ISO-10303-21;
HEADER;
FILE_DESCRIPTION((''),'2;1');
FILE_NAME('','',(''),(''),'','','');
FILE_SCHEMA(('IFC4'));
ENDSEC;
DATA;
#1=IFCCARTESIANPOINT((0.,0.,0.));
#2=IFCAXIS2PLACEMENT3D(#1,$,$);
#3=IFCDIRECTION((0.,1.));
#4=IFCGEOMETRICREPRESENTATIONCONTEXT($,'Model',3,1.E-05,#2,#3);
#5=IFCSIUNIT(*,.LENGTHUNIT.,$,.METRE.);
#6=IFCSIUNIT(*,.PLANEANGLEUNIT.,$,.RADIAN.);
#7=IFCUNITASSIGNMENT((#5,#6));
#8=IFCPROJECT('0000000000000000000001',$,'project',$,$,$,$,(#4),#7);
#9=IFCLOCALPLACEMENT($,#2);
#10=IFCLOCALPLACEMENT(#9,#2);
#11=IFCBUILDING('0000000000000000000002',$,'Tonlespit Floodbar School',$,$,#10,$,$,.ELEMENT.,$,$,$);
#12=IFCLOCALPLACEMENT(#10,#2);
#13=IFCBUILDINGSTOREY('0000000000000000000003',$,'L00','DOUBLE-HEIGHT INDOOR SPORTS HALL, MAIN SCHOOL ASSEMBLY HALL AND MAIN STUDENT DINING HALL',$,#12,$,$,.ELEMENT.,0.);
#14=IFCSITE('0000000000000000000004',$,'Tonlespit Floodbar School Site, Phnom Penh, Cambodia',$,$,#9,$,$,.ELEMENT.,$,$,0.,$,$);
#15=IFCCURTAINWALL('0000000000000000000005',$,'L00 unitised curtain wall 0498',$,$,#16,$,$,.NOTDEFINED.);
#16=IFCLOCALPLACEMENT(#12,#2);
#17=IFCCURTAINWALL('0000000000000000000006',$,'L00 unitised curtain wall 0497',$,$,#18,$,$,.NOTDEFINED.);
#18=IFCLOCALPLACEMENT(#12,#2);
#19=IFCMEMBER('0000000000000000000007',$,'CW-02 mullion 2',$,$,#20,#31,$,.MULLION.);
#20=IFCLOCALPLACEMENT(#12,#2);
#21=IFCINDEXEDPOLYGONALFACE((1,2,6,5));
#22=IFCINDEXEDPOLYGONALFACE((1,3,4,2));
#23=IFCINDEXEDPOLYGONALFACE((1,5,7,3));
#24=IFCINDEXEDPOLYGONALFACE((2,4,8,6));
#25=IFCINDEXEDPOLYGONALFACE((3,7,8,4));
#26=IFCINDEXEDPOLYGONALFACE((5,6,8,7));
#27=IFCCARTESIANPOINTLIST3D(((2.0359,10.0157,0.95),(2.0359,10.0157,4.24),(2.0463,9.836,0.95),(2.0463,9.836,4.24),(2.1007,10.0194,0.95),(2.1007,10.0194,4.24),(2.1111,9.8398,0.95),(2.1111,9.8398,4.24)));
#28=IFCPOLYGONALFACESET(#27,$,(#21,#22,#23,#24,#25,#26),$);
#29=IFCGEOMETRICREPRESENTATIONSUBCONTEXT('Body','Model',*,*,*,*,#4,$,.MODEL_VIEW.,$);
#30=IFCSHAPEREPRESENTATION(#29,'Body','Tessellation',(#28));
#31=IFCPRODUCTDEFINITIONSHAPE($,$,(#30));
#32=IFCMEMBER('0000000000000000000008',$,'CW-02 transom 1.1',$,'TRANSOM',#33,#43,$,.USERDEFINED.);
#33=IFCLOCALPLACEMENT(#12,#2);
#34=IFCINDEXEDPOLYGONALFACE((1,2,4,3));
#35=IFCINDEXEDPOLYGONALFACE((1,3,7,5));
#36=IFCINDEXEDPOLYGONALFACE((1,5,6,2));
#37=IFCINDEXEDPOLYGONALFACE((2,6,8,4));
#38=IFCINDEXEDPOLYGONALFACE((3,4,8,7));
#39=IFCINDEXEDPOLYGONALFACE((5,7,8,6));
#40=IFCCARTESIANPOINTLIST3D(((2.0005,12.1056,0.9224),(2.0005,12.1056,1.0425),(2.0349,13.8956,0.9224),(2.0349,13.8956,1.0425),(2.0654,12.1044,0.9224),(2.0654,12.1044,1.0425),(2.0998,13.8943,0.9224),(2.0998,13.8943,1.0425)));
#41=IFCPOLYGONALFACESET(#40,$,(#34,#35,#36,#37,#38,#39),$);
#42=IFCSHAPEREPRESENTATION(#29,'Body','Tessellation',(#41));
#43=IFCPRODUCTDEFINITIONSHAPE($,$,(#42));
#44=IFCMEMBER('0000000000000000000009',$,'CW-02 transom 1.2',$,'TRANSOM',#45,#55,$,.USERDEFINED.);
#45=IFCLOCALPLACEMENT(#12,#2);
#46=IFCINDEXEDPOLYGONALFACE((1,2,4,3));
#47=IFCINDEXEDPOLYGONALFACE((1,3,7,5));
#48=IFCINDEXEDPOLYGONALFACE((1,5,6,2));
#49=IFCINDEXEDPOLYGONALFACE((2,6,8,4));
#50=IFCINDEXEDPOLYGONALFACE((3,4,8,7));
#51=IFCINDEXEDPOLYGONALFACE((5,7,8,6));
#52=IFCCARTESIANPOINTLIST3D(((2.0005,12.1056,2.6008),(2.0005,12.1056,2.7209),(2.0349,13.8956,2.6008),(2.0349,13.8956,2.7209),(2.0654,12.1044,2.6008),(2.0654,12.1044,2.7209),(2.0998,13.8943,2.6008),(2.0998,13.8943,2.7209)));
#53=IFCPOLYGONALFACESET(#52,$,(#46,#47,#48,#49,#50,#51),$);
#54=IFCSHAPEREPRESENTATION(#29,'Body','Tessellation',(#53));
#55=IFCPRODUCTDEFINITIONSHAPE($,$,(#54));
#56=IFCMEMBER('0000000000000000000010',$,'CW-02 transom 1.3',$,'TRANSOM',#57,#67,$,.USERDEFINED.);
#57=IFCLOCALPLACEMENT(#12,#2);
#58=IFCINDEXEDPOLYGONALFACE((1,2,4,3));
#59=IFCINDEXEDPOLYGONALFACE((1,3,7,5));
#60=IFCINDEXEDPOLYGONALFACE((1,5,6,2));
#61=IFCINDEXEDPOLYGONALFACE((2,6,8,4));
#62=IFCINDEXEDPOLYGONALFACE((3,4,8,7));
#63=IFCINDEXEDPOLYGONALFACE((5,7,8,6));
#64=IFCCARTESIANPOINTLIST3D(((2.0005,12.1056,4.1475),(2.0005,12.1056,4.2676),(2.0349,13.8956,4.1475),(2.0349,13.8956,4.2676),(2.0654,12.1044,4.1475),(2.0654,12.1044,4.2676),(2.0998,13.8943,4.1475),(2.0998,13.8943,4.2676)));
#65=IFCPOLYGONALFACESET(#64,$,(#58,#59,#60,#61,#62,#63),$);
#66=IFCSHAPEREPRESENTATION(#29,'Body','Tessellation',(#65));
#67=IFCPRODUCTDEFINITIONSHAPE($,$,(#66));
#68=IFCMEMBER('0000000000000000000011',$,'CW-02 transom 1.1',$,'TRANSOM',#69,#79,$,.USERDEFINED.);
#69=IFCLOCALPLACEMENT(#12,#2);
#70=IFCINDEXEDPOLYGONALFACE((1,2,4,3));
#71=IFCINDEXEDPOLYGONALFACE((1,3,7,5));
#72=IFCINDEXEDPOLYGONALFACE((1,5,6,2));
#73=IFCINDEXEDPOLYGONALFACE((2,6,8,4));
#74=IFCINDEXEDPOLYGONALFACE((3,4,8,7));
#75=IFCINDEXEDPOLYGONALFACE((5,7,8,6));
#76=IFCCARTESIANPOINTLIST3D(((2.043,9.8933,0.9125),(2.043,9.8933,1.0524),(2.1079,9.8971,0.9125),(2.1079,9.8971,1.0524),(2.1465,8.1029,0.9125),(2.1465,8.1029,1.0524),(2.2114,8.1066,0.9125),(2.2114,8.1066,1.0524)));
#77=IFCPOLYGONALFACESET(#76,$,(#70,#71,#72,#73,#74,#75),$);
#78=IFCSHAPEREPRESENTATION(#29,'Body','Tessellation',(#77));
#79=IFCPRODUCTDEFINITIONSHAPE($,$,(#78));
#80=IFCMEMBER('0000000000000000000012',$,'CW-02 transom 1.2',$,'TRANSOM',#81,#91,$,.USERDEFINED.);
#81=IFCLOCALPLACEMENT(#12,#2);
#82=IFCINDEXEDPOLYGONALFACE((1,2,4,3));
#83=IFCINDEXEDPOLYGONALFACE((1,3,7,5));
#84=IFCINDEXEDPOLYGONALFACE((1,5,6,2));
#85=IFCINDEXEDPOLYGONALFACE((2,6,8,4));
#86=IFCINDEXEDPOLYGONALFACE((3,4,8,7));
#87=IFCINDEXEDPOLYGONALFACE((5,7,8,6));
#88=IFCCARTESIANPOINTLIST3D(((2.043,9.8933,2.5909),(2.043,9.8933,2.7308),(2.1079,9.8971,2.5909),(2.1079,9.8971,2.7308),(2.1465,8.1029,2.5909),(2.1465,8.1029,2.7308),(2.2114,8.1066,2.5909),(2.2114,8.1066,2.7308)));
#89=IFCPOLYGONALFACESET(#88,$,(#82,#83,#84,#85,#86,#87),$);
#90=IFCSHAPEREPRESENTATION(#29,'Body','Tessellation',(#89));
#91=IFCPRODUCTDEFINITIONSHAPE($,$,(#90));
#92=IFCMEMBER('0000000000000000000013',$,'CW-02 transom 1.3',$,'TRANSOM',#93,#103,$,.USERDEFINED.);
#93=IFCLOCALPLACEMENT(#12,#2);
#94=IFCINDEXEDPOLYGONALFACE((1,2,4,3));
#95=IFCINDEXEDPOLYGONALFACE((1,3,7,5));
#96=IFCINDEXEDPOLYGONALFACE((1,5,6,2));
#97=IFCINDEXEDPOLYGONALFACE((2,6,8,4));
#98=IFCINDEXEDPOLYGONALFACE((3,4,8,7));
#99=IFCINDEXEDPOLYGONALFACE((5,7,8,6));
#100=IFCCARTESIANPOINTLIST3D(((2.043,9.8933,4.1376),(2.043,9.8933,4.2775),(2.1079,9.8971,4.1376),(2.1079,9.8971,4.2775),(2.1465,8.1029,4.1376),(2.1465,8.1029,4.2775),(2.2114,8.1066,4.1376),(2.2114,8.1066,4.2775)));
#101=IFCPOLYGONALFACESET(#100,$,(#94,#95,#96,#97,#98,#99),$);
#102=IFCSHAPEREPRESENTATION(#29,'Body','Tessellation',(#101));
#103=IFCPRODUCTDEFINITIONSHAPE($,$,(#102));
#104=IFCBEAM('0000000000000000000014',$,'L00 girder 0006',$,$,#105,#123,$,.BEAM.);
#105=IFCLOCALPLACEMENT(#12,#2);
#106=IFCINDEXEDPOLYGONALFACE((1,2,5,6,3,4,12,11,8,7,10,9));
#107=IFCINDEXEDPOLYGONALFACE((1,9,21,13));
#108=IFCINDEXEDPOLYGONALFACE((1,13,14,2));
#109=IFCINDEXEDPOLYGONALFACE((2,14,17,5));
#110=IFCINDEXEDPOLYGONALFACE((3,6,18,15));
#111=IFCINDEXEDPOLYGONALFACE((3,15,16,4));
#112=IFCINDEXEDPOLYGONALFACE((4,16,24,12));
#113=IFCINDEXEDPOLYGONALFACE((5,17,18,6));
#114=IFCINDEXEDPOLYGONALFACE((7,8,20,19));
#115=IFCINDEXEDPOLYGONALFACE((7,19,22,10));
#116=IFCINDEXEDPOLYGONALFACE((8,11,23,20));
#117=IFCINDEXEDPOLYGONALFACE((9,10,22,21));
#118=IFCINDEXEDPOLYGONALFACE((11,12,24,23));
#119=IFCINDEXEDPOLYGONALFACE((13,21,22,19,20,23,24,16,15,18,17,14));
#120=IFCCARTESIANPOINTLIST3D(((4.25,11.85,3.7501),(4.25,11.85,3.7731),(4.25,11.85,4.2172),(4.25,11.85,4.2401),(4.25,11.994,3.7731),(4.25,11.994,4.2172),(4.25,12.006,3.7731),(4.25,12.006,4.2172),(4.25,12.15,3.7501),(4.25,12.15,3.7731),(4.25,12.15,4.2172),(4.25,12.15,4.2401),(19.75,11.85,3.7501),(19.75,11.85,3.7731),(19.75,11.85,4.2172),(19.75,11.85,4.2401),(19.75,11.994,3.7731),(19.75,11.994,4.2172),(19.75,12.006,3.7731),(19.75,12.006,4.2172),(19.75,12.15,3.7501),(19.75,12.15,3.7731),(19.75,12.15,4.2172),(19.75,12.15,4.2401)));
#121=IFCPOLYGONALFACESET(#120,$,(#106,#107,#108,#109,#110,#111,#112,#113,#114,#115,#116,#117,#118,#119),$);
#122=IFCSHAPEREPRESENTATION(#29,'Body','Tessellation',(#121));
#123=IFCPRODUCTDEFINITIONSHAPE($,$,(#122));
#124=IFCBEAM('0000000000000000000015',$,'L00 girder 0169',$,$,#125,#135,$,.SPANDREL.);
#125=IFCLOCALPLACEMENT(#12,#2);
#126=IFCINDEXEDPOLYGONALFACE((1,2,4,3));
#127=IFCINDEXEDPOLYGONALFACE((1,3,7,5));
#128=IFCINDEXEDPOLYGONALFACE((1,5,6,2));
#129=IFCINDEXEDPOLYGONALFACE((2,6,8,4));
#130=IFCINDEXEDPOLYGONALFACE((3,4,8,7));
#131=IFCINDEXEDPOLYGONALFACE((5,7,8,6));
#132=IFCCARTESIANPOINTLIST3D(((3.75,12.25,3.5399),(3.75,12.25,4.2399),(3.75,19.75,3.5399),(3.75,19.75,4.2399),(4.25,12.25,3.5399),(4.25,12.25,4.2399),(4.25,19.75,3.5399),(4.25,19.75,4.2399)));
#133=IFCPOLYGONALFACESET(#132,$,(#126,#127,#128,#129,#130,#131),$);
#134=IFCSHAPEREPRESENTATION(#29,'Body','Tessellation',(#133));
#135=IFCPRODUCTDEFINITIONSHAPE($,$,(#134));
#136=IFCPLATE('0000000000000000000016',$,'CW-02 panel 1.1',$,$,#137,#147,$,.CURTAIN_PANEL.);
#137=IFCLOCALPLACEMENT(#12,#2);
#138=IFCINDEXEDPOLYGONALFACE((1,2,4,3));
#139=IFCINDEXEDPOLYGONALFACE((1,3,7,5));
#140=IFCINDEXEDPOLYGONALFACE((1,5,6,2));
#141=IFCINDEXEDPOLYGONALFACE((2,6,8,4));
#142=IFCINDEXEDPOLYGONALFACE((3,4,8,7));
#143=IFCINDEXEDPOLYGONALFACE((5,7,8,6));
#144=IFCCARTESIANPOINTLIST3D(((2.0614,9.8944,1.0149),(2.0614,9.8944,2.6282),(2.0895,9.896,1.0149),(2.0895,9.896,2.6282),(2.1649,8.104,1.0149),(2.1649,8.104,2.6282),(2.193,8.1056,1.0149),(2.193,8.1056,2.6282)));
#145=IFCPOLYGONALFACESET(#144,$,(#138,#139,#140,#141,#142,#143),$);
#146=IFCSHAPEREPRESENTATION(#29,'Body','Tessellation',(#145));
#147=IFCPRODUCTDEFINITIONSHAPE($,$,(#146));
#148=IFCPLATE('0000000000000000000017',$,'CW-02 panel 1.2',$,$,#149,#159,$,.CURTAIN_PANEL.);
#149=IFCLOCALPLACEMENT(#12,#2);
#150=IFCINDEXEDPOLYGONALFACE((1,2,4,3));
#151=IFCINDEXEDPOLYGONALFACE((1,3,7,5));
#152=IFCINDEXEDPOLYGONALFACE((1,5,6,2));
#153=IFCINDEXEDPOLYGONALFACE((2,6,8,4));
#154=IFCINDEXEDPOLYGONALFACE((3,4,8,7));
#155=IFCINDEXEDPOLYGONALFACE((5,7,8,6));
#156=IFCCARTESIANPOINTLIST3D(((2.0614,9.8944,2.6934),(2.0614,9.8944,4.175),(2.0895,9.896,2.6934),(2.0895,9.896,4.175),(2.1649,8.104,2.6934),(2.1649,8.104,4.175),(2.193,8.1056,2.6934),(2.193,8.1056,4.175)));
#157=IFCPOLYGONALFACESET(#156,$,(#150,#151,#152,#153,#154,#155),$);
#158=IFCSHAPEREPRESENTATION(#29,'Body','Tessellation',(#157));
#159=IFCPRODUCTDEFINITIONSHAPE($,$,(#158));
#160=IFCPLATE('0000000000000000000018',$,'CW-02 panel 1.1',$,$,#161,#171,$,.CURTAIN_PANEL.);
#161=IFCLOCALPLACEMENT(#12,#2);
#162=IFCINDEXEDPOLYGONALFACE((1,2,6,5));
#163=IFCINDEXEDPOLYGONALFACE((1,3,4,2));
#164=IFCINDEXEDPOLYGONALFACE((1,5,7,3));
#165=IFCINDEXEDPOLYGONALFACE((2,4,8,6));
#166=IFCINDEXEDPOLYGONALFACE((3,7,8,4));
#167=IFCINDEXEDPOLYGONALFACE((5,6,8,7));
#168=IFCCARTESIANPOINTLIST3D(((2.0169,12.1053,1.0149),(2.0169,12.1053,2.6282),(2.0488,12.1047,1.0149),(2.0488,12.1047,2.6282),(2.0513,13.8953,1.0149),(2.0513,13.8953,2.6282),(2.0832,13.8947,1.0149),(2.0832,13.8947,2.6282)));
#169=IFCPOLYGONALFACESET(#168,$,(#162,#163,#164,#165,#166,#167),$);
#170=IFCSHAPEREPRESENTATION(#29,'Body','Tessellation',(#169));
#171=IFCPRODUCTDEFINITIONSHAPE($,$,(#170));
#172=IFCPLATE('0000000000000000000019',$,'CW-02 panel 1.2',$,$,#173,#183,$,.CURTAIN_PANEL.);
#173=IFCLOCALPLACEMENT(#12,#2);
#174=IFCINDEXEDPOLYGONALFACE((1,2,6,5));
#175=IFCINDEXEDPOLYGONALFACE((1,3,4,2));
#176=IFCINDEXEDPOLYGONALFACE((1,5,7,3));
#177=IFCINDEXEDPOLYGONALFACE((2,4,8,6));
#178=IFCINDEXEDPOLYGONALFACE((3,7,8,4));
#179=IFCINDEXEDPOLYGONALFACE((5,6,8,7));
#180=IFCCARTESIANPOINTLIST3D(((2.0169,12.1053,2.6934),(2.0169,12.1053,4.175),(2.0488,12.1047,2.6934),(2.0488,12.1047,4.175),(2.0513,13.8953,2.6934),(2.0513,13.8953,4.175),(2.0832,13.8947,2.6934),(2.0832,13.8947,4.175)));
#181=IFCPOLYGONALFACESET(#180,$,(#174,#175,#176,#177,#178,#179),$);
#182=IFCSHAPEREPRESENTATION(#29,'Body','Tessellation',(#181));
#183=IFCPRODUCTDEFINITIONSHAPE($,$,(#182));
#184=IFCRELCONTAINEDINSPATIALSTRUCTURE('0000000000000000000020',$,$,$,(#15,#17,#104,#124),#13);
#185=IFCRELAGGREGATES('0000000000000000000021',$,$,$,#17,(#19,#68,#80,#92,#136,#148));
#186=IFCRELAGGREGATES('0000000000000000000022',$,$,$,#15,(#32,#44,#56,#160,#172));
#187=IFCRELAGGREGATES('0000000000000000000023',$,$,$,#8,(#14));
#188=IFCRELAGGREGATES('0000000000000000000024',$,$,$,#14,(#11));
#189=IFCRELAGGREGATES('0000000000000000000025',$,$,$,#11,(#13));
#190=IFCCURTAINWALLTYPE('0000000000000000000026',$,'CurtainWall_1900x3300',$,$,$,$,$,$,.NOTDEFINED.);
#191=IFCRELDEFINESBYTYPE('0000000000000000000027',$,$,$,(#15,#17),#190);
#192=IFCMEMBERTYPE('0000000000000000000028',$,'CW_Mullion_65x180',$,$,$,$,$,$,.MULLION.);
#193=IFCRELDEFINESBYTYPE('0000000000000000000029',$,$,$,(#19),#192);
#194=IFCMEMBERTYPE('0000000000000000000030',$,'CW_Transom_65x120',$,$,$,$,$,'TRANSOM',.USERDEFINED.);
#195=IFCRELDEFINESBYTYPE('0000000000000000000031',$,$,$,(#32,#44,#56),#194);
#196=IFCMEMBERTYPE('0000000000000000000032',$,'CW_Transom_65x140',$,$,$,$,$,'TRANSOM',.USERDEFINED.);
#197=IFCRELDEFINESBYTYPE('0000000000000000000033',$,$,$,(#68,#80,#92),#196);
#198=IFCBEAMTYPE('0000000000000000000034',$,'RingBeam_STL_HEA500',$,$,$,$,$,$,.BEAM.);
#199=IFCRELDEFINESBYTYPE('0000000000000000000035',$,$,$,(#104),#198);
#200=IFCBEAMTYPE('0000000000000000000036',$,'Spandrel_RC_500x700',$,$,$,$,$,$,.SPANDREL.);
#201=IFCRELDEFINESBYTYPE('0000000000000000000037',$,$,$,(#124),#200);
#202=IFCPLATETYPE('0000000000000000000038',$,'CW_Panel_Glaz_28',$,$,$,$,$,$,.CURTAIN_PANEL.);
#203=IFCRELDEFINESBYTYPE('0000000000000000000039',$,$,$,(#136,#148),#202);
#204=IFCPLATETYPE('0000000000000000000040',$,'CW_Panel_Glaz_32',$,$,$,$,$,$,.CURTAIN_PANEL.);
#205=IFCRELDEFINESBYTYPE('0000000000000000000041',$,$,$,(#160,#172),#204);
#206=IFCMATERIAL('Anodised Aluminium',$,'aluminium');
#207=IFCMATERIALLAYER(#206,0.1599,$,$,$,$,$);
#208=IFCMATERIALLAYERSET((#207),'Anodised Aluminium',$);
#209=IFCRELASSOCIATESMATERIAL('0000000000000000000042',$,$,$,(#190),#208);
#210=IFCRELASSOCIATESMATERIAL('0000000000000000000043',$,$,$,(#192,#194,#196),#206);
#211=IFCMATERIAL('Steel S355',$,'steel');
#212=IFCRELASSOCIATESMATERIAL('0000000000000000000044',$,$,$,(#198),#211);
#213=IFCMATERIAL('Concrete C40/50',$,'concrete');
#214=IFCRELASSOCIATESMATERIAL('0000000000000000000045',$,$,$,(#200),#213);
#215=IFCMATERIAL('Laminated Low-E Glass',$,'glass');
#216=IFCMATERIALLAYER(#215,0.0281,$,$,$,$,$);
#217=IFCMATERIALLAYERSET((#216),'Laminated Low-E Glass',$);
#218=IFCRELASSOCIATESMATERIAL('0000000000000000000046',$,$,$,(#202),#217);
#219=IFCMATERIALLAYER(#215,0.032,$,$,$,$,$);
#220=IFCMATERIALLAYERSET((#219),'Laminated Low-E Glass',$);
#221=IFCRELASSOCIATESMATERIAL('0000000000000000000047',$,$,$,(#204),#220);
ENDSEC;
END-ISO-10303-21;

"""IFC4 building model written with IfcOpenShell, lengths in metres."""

from ifc_helpers import new_model, si_unit, direction, frame, origin, origin_2d, place, context, subcontext, project, spatial, rectangle, i_section, extrude, material, layer, layer_set, material_profile, profile_set, type_object, element, aggregate, save


model = new_model("IFC4")

# Units and contexts
model_context = context("Model", 3, precision=1e-05, world=origin(), true_north=direction((0.0, 1.0)))
body_context = subcontext(model_context, "Body", "Model", "MODEL_VIEW")
ifc_project = project(units=[si_unit("LENGTHUNIT", "METRE"), si_unit("PLANEANGLEUNIT", "RADIAN")], contexts=[model_context])

# Site, building, storey
site_placement = place(None, origin())
site = spatial("IfcSite", under=ifc_project, at=site_placement, Name="Tonlespit Floodbar School Site, Phnom Penh, Cambodia", CompositionType="ELEMENT", RefElevation=0.0)
building_placement = place(site_placement, origin())
building = spatial("IfcBuilding", under=site, at=building_placement, Name="Tonlespit Floodbar School", CompositionType="ELEMENT")
storey_placement = place(building_placement, origin())
storey = spatial("IfcBuildingStorey", under=building, at=storey_placement, Name="L00", Description="DOUBLE-HEIGHT INDOOR SPORTS HALL, MAIN SCHOOL ASSEMBLY HALL AND MAIN STUDENT DINING HALL", CompositionType="ELEMENT", Elevation=0.0)

# Shared definitions
ifc_material_1 = material(Name="Concrete C40/50", Category="concrete")

# Curtain wall
ifc_material_2 = material(Name="Anodised Aluminium", Category="aluminium")
ifc_layer_1 = layer(ifc_material_2, 0.1599)
ifc_layer_set_1 = layer_set([ifc_layer_1], Name="Anodised Aluminium")
curtain_wall_type_1 = type_object("IfcCurtainWallType", Name="CurtainWall_1900x3300", PredefinedType="NOTDEFINED", material=ifc_layer_set_1)
curtain_wall_1_placement = place(storey_placement, origin())
curtain_wall_1 = element("IfcCurtainWall", 1, at=curtain_wall_1_placement, inside=storey, type_object=curtain_wall_type_1, Name="L00 unitised curtain wall 0498", PredefinedType="NOTDEFINED")

# Curtain wall, member
curtain_wall_2_placement = place(storey_placement, origin())
curtain_wall_2 = element("IfcCurtainWall", 2, at=curtain_wall_2_placement, inside=storey, type_object=curtain_wall_type_1, Name="L00 unitised curtain wall 0497", PredefinedType="NOTDEFINED")
ifc_material_profile_1 = material_profile(ifc_material_2, rectangle(XDim=0.0649, YDim=0.1799, at=origin_2d()), Name="ALU M65x180")
ifc_profile_set_1 = profile_set([ifc_material_profile_1], Name="Anodised Aluminium")
member_type_1 = type_object("IfcMemberType", Name="CW_Mullion_65x180", PredefinedType="MULLION", material=ifc_profile_set_1)
member_1_placement = place(storey_placement, frame((2.0735, 9.9277, 0.95), z_axis=(0.0, 0.0, 1.0), x_axis=(-0.998333, -0.05771, 0.0)))
member_1 = element("IfcMember", 3, at=member_1_placement, type_object=member_type_1, Name="CW-02 mullion 2", PredefinedType="MULLION", context=body_context, shape_type="SweptSolid", body=[
    extrude(rectangle(XDim=0.0649, YDim=0.1799, at=origin_2d()), origin(), (0.0, 0.0, 1.0), 3.29),
])

# Members
ifc_material_profile_2 = material_profile(ifc_material_2, rectangle(XDim=0.0649, YDim=0.1201, at=origin_2d()), Name="ALU T65x120")
ifc_profile_set_2 = profile_set([ifc_material_profile_2], Name="Anodised Aluminium")
member_type_2 = type_object("IfcMemberType", Name="CW_Transom_65x120", ElementType="TRANSOM", PredefinedType="USERDEFINED", material=ifc_profile_set_2)
member_2_placement = place(storey_placement, frame((2.033, 12.105, 0.9824), z_axis=(0.019227, 0.999815, 0.0), x_axis=(-0.999815, 0.019227, 0.0)))
member_2 = element("IfcMember", 4, at=member_2_placement, type_object=member_type_2, Name="CW-02 transom 1.1", ObjectType="TRANSOM", PredefinedType="USERDEFINED", context=body_context, shape_type="SweptSolid", body=[
    extrude(rectangle(XDim=0.0649, YDim=0.1201, at=origin_2d()), origin(), (0.0, 0.0, 1.0), 1.7903),
])
member_3_placement = place(storey_placement, frame((2.033, 12.105, 2.6609), z_axis=(0.019227, 0.999815, 0.0), x_axis=(-0.999815, 0.019227, 0.0)))
member_3 = element("IfcMember", 5, at=member_3_placement, type_object=member_type_2, Name="CW-02 transom 1.2", ObjectType="TRANSOM", PredefinedType="USERDEFINED", context=body_context, shape_type="SweptSolid", body=[
    extrude(rectangle(XDim=0.0649, YDim=0.1201, at=origin_2d()), origin(), (0.0, 0.0, 1.0), 1.7903),
])
member_4_placement = place(storey_placement, frame((2.033, 12.105, 4.2075), z_axis=(0.019227, 0.999815, 0.0), x_axis=(-0.999815, 0.019227, 0.0)))
member_4 = element("IfcMember", 6, at=member_4_placement, type_object=member_type_2, Name="CW-02 transom 1.3", ObjectType="TRANSOM", PredefinedType="USERDEFINED", context=body_context, shape_type="SweptSolid", body=[
    extrude(rectangle(XDim=0.0649, YDim=0.1201, at=origin_2d()), origin(), (0.0, 0.0, 1.0), 1.7903),
])
ifc_material_profile_3 = material_profile(ifc_material_2, rectangle(XDim=0.0649, YDim=0.1399, at=origin_2d()), Name="ALU T65x140")
ifc_profile_set_3 = profile_set([ifc_material_profile_3], Name="Anodised Aluminium")
member_type_3 = type_object("IfcMemberType", Name="CW_Transom_65x140", ElementType="TRANSOM", PredefinedType="USERDEFINED", material=ifc_profile_set_3)
member_5_placement = place(storey_placement, frame((2.179, 8.1047, 0.9824), z_axis=(-0.057717, 0.998333, 0.0), x_axis=(-0.998333, -0.057717, 0.0)))
member_5 = element("IfcMember", 7, at=member_5_placement, type_object=member_type_3, Name="CW-02 transom 1.1", ObjectType="TRANSOM", PredefinedType="USERDEFINED", context=body_context, shape_type="SweptSolid", body=[
    extrude(rectangle(XDim=0.0649, YDim=0.1399, at=origin_2d()), origin(), (0.0, 0.0, 1.0), 1.7935),
])
member_6_placement = place(storey_placement, frame((2.179, 8.1047, 2.6609), z_axis=(-0.057717, 0.998333, 0.0), x_axis=(-0.998333, -0.057717, 0.0)))
member_6 = element("IfcMember", 8, at=member_6_placement, type_object=member_type_3, Name="CW-02 transom 1.2", ObjectType="TRANSOM", PredefinedType="USERDEFINED", context=body_context, shape_type="SweptSolid", body=[
    extrude(rectangle(XDim=0.0649, YDim=0.1399, at=origin_2d()), origin(), (0.0, 0.0, 1.0), 1.7935),
])
member_7_placement = place(storey_placement, frame((2.179, 8.1047, 4.2075), z_axis=(-0.057717, 0.998333, 0.0), x_axis=(-0.998333, -0.057717, 0.0)))
member_7 = element("IfcMember", 9, at=member_7_placement, type_object=member_type_3, Name="CW-02 transom 1.3", ObjectType="TRANSOM", PredefinedType="USERDEFINED", context=body_context, shape_type="SweptSolid", body=[
    extrude(rectangle(XDim=0.0649, YDim=0.1399, at=origin_2d()), origin(), (0.0, 0.0, 1.0), 1.7935),
])

# Beams
ifc_material_3 = material(Name="Steel S355", Category="steel")
ifc_material_profile_4 = material_profile(ifc_material_3, i_section(OverallWidth=0.3, OverallDepth=0.49, WebThickness=0.012, FlangeThickness=0.0229, at=origin_2d()), Name="HEA 500")
ifc_profile_set_4 = profile_set([ifc_material_profile_4], Name="Steel S355")
beam_type_1 = type_object("IfcBeamType", Name="RingBeam_STL_HEA500", PredefinedType="BEAM", material=ifc_profile_set_4)
beam_1_placement = place(storey_placement, frame((4.25, 12.0, 3.9951), z_axis=(1.0, 0.0, 0.0), x_axis=(0.0, 1.0, 0.0)))
element("IfcBeam", 10, at=beam_1_placement, inside=storey, type_object=beam_type_1, Name="L00 girder 0006", PredefinedType="BEAM", context=body_context, shape_type="SweptSolid", body=[
    extrude(i_section(OverallWidth=0.3, OverallDepth=0.49, WebThickness=0.012, FlangeThickness=0.0229, at=origin_2d()), origin(), (0.0, 0.0, 1.0), 15.5),
])
ifc_material_profile_5 = material_profile(ifc_material_1, rectangle(XDim=0.5, YDim=0.7, at=origin_2d()), Name="RC 500x700")
ifc_profile_set_5 = profile_set([ifc_material_profile_5], Name="Concrete C40/50")
beam_type_2 = type_object("IfcBeamType", Name="Spandrel_RC_500x700", PredefinedType="SPANDREL", material=ifc_profile_set_5)
beam_2_placement = place(storey_placement, frame((4.0, 12.25, 3.8899), z_axis=(0.0, 1.0, 0.0), x_axis=(-1.0, 0.0, 0.0)))
element("IfcBeam", 11, at=beam_2_placement, inside=storey, type_object=beam_type_2, Name="L00 girder 0169", PredefinedType="SPANDREL", context=body_context, shape_type="SweptSolid", body=[
    extrude(rectangle(XDim=0.5, YDim=0.7, at=origin_2d()), origin(), (0.0, 0.0, 1.0), 7.5),
])

# Plates
ifc_material_4 = material(Name="Laminated Low-E Glass", Category="glass")
ifc_layer_2 = layer(ifc_material_4, 0.0281)
ifc_layer_set_2 = layer_set([ifc_layer_2], Name="Laminated Low-E Glass")
plate_type_1 = type_object("IfcPlateType", Name="CW_Panel_Glaz_28", PredefinedType="CURTAIN_PANEL", material=ifc_layer_set_2)
plate_1_placement = place(storey_placement, frame((2.1272, 9.0, 1.0149), z_axis=(0.0, 0.0, 1.0), x_axis=(-0.05771, 0.998333, 0.0)))
plate_1 = element("IfcPlate", 12, at=plate_1_placement, type_object=plate_type_1, Name="CW-02 panel 1.1", PredefinedType="CURTAIN_PANEL", context=body_context, shape_type="SweptSolid", body=[
    extrude(rectangle(XDim=1.7935, YDim=0.0281, at=origin_2d()), origin(), (0.0, 0.0, 1.0), 1.6133),
])
plate_2_placement = place(storey_placement, frame((2.1272, 9.0, 2.6934), z_axis=(0.0, 0.0, 1.0), x_axis=(-0.05771, 0.998333, 0.0)))
plate_2 = element("IfcPlate", 13, at=plate_2_placement, type_object=plate_type_1, Name="CW-02 panel 1.2", PredefinedType="CURTAIN_PANEL", context=body_context, shape_type="SweptSolid", body=[
    extrude(rectangle(XDim=1.7935, YDim=0.0281, at=origin_2d()), origin(), (0.0, 0.0, 1.0), 1.4817),
])
aggregate(curtain_wall_2, [member_1, member_5, member_6, member_7, plate_1, plate_2])
ifc_layer_3 = layer(ifc_material_4, 0.032)
ifc_layer_set_3 = layer_set([ifc_layer_3], Name="Laminated Low-E Glass")
plate_type_2 = type_object("IfcPlateType", Name="CW_Panel_Glaz_32", PredefinedType="CURTAIN_PANEL", material=ifc_layer_set_3)
plate_3_placement = place(storey_placement, frame((2.05, 13.0, 1.0149), z_axis=(0.0, 0.0, 1.0), x_axis=(0.019215, 0.999815, 0.0)))
plate_3 = element("IfcPlate", 14, at=plate_3_placement, type_object=plate_type_2, Name="CW-02 panel 1.1", PredefinedType="CURTAIN_PANEL", context=body_context, shape_type="SweptSolid", body=[
    extrude(rectangle(XDim=1.7903, YDim=0.032, at=origin_2d()), origin(), (0.0, 0.0, 1.0), 1.6133),
])
plate_4_placement = place(storey_placement, frame((2.05, 13.0, 2.6934), z_axis=(0.0, 0.0, 1.0), x_axis=(0.019215, 0.999815, 0.0)))
plate_4 = element("IfcPlate", 15, at=plate_4_placement, type_object=plate_type_2, Name="CW-02 panel 1.2", PredefinedType="CURTAIN_PANEL", context=body_context, shape_type="SweptSolid", body=[
    extrude(rectangle(XDim=1.7903, YDim=0.032, at=origin_2d()), origin(), (0.0, 0.0, 1.0), 1.4817),
])
aggregate(curtain_wall_1, [member_2, member_3, member_4, plate_3, plate_4])

save(model, "model.ifc")
